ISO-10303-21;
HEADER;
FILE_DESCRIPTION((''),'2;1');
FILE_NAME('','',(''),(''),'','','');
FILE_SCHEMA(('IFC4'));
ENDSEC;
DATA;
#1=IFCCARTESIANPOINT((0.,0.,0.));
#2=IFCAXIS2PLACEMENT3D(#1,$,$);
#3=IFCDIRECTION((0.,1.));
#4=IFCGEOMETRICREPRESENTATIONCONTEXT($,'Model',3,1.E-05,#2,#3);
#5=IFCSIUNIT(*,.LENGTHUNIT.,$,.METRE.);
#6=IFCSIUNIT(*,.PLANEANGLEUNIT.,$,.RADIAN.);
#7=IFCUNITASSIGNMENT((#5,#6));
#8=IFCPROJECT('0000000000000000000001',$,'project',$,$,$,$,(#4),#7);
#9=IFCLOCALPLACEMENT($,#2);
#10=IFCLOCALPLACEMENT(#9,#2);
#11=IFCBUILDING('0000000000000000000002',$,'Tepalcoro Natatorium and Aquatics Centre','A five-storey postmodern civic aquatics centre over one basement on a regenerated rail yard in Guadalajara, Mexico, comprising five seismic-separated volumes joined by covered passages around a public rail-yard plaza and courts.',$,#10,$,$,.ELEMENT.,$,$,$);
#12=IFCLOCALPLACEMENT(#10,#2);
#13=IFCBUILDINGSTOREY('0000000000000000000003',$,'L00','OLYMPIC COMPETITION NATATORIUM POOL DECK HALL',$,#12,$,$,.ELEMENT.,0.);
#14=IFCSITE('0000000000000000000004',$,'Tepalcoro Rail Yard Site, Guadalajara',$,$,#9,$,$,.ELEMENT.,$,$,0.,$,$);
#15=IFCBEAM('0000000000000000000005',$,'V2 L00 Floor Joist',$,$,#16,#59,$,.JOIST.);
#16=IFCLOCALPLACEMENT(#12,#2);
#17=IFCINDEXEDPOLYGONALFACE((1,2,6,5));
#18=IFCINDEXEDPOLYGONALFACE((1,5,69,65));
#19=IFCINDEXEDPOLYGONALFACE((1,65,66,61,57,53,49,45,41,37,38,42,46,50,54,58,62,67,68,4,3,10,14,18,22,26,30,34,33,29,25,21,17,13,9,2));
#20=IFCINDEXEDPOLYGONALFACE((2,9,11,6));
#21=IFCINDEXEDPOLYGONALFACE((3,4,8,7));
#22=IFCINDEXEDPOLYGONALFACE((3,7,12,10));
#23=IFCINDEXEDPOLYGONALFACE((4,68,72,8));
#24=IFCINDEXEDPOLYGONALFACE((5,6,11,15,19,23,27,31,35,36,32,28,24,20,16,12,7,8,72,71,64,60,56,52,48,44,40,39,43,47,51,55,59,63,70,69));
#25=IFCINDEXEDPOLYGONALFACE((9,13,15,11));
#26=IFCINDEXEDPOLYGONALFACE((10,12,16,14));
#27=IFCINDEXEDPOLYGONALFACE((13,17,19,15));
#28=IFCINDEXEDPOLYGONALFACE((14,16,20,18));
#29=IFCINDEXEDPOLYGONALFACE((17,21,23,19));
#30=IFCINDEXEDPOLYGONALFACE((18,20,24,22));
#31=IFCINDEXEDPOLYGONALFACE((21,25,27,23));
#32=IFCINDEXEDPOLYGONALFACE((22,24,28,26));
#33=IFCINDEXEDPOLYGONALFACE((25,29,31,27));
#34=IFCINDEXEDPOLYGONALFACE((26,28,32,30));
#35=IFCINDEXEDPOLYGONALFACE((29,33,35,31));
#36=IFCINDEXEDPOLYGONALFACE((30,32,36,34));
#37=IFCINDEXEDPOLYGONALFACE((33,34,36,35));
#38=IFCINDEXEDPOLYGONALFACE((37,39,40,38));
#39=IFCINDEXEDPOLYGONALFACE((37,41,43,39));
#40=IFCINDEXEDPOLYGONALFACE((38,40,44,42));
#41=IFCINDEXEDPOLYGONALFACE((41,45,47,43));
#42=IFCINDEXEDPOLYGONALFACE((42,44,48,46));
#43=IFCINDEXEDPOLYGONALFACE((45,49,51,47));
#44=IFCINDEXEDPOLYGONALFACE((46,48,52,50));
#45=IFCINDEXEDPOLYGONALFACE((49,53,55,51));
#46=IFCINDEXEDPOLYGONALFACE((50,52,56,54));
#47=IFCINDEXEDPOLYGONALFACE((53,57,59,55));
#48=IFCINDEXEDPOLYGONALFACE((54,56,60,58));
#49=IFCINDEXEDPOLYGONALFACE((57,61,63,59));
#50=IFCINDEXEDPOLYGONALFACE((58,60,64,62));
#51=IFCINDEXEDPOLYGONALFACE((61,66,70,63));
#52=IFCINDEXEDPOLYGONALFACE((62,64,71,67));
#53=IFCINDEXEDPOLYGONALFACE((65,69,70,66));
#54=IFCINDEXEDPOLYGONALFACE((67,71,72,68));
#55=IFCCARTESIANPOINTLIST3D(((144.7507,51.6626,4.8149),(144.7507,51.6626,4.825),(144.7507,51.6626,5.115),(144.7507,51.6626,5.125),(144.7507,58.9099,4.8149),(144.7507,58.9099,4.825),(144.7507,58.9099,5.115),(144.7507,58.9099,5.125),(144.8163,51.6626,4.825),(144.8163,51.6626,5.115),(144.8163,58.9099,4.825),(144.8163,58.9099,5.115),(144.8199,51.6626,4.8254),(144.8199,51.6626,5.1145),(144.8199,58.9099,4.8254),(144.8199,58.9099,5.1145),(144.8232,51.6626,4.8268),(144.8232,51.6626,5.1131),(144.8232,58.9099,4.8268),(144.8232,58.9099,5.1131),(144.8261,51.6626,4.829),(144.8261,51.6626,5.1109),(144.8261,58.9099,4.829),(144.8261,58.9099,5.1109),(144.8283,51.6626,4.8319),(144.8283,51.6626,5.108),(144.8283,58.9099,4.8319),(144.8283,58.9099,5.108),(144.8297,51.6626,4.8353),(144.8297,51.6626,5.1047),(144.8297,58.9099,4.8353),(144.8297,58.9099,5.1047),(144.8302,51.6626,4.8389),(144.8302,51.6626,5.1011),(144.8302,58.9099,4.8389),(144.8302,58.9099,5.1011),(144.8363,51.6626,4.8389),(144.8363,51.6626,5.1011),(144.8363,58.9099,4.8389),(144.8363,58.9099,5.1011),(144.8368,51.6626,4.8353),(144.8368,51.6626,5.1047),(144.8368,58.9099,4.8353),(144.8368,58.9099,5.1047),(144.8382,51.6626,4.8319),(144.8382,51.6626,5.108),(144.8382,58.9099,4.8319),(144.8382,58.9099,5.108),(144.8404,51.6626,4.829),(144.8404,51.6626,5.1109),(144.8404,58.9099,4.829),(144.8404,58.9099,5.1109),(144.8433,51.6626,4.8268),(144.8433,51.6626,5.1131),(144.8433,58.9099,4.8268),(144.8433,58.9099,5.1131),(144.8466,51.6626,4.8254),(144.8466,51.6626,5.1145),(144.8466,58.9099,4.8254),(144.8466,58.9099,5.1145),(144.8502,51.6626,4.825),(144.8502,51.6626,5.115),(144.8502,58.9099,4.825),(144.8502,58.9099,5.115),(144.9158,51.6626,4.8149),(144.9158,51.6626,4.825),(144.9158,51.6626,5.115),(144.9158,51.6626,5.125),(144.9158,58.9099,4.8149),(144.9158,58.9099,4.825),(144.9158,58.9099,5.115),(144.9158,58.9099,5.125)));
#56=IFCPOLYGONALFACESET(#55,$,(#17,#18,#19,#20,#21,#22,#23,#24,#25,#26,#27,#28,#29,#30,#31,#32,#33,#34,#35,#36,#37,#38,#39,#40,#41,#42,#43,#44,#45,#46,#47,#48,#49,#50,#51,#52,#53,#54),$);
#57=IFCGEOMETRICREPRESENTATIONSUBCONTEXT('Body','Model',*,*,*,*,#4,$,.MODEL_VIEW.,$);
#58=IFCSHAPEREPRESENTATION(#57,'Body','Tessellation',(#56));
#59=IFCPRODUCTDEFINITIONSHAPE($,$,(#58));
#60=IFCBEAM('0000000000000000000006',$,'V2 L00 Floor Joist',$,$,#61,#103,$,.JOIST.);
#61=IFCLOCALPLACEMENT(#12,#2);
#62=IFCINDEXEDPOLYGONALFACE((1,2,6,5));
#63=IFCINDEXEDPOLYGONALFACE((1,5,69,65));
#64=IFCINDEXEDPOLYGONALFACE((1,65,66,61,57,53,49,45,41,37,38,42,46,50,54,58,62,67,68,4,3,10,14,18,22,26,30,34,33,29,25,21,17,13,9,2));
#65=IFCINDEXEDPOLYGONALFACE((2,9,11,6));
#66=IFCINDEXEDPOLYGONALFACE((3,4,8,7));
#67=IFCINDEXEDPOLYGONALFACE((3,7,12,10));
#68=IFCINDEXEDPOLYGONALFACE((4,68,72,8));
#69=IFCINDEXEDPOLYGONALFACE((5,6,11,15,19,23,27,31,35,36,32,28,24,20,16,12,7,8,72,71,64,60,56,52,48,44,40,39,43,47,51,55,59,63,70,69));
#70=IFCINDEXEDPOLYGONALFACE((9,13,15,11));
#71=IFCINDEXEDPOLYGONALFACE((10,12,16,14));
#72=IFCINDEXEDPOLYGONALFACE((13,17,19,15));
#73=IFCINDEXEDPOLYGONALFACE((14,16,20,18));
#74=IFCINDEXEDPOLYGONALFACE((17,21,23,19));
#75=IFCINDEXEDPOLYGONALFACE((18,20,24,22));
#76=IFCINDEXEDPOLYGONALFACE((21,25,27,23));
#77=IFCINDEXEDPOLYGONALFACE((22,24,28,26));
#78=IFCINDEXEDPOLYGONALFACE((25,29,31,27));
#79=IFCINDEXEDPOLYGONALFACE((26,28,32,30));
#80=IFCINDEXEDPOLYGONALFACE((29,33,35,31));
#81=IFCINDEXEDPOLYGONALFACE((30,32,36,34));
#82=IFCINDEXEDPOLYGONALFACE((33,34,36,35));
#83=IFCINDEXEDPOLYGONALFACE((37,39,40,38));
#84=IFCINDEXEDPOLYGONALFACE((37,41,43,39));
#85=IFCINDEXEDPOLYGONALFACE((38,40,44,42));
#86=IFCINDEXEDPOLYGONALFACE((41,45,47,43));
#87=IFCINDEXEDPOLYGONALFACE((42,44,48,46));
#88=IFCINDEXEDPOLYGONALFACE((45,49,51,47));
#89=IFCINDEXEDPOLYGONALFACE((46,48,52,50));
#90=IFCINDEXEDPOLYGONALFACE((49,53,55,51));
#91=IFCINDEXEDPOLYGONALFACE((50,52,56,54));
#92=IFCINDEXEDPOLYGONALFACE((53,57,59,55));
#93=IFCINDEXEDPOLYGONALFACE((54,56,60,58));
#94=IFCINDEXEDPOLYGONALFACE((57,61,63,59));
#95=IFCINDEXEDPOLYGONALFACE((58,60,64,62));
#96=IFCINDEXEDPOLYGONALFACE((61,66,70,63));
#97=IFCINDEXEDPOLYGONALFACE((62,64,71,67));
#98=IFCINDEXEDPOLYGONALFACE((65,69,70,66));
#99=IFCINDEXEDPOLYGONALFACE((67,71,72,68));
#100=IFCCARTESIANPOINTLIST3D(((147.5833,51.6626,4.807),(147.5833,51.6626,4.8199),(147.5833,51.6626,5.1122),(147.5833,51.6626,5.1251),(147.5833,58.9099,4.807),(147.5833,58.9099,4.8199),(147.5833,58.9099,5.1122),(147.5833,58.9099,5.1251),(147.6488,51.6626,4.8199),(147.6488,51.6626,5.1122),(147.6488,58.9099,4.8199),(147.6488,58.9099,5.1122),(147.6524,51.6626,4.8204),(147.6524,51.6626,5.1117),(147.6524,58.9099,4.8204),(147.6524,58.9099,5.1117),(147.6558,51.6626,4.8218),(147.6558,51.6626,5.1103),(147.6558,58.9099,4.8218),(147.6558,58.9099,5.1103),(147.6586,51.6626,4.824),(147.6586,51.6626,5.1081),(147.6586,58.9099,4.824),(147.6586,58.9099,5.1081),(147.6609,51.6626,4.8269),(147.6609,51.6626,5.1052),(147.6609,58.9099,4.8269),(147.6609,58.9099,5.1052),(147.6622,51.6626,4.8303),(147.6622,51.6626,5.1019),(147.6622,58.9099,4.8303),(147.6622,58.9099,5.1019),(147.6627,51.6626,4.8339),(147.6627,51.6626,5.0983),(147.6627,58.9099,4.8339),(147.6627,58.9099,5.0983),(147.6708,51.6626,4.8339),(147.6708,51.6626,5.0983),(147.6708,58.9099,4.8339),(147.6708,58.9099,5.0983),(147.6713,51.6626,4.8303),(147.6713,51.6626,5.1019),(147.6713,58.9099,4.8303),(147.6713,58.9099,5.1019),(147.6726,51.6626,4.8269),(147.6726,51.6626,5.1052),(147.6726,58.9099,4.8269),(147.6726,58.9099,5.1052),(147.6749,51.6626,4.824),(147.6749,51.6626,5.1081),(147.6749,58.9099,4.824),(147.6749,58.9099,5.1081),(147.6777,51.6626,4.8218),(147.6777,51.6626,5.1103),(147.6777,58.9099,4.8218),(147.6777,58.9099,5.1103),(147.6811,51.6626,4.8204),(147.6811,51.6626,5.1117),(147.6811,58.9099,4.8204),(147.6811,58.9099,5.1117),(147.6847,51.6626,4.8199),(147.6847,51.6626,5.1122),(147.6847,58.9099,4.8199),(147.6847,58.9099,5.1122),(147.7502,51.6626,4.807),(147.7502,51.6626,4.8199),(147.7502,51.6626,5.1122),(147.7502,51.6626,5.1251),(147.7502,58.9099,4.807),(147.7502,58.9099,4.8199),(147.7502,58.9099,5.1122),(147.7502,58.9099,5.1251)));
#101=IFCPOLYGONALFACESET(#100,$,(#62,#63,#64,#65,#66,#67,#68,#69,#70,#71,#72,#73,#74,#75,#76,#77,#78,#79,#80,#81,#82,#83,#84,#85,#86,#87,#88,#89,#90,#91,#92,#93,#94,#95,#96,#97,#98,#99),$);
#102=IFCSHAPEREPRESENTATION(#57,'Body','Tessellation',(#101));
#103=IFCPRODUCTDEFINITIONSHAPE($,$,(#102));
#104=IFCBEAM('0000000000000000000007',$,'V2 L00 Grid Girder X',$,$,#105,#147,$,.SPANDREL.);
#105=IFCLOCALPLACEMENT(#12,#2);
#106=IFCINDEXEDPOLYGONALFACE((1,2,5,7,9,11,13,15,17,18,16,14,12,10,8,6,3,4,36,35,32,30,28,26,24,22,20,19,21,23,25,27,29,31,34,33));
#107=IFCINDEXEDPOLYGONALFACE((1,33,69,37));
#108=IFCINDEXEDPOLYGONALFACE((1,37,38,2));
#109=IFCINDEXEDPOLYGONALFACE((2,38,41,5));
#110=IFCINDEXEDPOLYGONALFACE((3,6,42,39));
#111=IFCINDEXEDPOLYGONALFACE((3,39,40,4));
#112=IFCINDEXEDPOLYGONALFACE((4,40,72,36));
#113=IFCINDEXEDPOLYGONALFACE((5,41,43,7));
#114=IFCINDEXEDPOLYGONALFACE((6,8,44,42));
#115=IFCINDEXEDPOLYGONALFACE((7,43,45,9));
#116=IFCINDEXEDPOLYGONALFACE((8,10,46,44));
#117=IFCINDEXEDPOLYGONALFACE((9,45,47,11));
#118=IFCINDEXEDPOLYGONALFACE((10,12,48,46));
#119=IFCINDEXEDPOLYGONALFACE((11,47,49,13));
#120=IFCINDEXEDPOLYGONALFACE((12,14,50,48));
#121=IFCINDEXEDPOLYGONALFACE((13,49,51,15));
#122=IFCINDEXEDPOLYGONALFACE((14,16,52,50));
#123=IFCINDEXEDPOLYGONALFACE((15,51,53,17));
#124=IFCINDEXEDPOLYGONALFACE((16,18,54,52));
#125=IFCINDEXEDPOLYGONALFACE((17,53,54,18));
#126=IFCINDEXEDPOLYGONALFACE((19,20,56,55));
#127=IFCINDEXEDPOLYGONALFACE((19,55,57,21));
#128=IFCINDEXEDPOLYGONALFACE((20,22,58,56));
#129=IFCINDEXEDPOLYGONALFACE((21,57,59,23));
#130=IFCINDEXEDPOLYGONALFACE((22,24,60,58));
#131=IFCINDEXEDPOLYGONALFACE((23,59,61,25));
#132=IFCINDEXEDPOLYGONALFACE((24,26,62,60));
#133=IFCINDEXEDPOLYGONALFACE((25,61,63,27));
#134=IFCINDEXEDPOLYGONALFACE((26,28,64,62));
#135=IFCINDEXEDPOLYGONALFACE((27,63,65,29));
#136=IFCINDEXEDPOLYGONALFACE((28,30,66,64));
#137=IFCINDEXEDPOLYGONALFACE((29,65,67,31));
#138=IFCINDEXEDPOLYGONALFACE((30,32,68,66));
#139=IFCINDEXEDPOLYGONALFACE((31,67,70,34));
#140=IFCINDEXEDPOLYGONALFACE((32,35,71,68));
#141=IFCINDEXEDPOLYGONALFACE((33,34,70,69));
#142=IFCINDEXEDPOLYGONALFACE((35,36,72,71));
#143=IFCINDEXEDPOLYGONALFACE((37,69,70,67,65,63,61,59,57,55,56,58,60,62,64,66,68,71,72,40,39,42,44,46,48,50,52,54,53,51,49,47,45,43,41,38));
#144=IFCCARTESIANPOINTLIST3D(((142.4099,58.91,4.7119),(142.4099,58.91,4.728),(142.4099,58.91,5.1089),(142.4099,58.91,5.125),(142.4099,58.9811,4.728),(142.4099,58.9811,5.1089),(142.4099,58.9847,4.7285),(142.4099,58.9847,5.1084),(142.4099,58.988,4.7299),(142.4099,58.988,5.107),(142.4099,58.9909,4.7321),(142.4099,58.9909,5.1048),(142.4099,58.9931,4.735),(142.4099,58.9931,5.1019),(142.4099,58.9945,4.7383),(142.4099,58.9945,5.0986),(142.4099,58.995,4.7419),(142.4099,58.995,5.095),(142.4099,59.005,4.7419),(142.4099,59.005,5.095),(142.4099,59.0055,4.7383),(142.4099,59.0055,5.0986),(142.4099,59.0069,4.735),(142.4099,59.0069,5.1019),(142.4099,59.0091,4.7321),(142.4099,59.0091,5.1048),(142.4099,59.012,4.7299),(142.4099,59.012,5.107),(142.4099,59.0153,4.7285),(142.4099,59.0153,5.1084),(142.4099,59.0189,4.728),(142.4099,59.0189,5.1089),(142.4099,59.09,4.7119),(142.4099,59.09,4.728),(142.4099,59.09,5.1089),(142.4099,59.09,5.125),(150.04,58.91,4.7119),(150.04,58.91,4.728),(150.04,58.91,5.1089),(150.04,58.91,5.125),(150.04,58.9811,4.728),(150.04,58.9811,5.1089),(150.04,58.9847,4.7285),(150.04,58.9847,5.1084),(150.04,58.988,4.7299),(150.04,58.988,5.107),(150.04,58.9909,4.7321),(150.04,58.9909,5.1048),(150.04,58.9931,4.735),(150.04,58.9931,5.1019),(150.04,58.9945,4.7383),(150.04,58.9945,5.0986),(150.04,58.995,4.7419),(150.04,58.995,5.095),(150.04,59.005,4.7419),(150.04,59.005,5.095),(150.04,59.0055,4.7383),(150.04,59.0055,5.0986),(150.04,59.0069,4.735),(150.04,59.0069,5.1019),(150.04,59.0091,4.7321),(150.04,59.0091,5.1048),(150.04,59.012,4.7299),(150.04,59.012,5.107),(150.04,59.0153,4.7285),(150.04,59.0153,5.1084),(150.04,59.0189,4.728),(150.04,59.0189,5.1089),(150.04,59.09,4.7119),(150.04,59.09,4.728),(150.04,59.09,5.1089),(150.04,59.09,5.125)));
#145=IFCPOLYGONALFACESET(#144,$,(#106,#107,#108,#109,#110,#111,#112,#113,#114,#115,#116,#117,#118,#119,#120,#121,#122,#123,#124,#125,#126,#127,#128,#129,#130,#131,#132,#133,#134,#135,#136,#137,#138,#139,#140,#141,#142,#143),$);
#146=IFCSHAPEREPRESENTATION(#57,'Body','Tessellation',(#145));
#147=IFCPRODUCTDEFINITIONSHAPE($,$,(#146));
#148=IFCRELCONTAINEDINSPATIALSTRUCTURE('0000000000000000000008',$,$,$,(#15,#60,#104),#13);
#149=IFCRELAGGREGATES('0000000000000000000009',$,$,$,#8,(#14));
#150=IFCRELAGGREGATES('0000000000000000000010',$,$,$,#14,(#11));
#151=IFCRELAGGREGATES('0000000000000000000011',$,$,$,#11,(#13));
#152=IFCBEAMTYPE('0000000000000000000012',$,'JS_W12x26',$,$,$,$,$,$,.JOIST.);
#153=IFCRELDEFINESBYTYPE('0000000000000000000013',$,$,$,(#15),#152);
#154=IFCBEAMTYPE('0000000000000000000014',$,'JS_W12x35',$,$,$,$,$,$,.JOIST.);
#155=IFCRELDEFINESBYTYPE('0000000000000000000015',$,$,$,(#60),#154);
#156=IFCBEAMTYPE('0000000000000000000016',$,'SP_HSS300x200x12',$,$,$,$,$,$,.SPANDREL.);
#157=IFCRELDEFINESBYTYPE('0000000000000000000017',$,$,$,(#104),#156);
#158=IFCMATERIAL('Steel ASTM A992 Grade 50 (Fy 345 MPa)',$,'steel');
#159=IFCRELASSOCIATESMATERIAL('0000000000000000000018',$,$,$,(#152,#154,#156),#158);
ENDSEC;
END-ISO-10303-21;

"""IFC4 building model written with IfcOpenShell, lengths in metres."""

from ifc_helpers import new_model, si_unit, direction, frame, origin, origin_2d, place, context, subcontext, project, spatial, i_section, extrude, material, material_profile, profile_set, type_object, element, save


model = new_model("IFC4")

# Units and contexts
model_context = context("Model", 3, precision=1e-05, world=origin(), true_north=direction((0.0, 1.0)))
body_context = subcontext(model_context, "Body", "Model", "MODEL_VIEW")
ifc_project = project(units=[si_unit("LENGTHUNIT", "METRE"), si_unit("PLANEANGLEUNIT", "RADIAN")], contexts=[model_context])

# Site, building, storey
site_placement = place(None, origin())
site = spatial("IfcSite", under=ifc_project, at=site_placement, Name="Tepalcoro Rail Yard Site, Guadalajara", CompositionType="ELEMENT", RefElevation=0.0)
building_placement = place(site_placement, origin())
building = spatial("IfcBuilding", under=site, at=building_placement, Name="Tepalcoro Natatorium and Aquatics Centre", Description="A five-storey postmodern civic aquatics centre over one basement on a regenerated rail yard in Guadalajara, Mexico, comprising five seismic-separated volumes joined by covered passages around a public rail-yard plaza and courts.", CompositionType="ELEMENT")
storey_placement = place(building_placement, origin())
storey = spatial("IfcBuildingStorey", under=building, at=storey_placement, Name="L00", Description="OLYMPIC COMPETITION NATATORIUM POOL DECK HALL", CompositionType="ELEMENT", Elevation=0.0)

# Shared definitions
ifc_material_1 = material(Name="Steel ASTM A992 Grade 50 (Fy 345 MPa)", Category="steel")

# Beams
ifc_material_profile_1 = material_profile(ifc_material_1, i_section(OverallWidth=0.165, OverallDepth=0.3101, WebThickness=0.0061, FlangeThickness=0.01, FilletRadius=0.0139, at=origin_2d()), Name="W12X26")
ifc_profile_set_1 = profile_set([ifc_material_profile_1], Name="Steel ASTM A992 Grade 50 (Fy 345 MPa)")
beam_type_1 = type_object("IfcBeamType", Name="JS_W12x26", PredefinedType="JOIST", material=ifc_profile_set_1)
beam_1_placement = place(storey_placement, frame((144.8333, 51.6626, 4.97), z_axis=(0.0, 1.0, 0.0), x_axis=(-1.0, 0.0, 0.0)))
element("IfcBeam", 1, at=beam_1_placement, inside=storey, type_object=beam_type_1, Name="V2 L00 Floor Joist", PredefinedType="JOIST", context=body_context, shape_type="SweptSolid", body=[
    extrude(i_section(OverallWidth=0.165, OverallDepth=0.3101, WebThickness=0.0061, FlangeThickness=0.01, FilletRadius=0.0139, at=origin_2d()), origin(), (0.0, 0.0, 1.0), 7.2473),
])
ifc_material_profile_2 = material_profile(ifc_material_1, i_section(OverallWidth=0.167, OverallDepth=0.3181, WebThickness=0.0081, FlangeThickness=0.0129, FilletRadius=0.0139, at=origin_2d()), Name="W12X35")
ifc_profile_set_2 = profile_set([ifc_material_profile_2], Name="Steel ASTM A992 Grade 50 (Fy 345 MPa)")
beam_type_2 = type_object("IfcBeamType", Name="JS_W12x35", PredefinedType="JOIST", material=ifc_profile_set_2)
beam_2_placement = place(storey_placement, frame((147.6667, 51.6626, 4.9661), z_axis=(0.0, 1.0, 0.0), x_axis=(-1.0, 0.0, 0.0)))
element("IfcBeam", 2, at=beam_2_placement, inside=storey, type_object=beam_type_2, Name="V2 L00 Floor Joist", PredefinedType="JOIST", context=body_context, shape_type="SweptSolid", body=[
    extrude(i_section(OverallWidth=0.167, OverallDepth=0.3181, WebThickness=0.0081, FlangeThickness=0.0129, FilletRadius=0.0139, at=origin_2d()), origin(), (0.0, 0.0, 1.0), 7.2473),
])
ifc_material_profile_3 = material_profile(ifc_material_1, i_section(OverallWidth=0.1799, OverallDepth=0.4131, WebThickness=0.01, FlangeThickness=0.0161, FilletRadius=0.0139, at=origin_2d()), Name="W16X50")
ifc_profile_set_3 = profile_set([ifc_material_profile_3], Name="Steel ASTM A992 Grade 50 (Fy 345 MPa)")
beam_type_3 = type_object("IfcBeamType", Name="SP_HSS300x200x12", PredefinedType="SPANDREL", material=ifc_profile_set_3)
beam_3_placement = place(storey_placement, frame((142.4099, 59.0, 4.9185), z_axis=(1.0, 0.0, 0.0), x_axis=(0.0, 1.0, 0.0)))
element("IfcBeam", 3, at=beam_3_placement, inside=storey, type_object=beam_type_3, Name="V2 L00 Grid Girder X", PredefinedType="SPANDREL", context=body_context, shape_type="SweptSolid", body=[
    extrude(i_section(OverallWidth=0.1799, OverallDepth=0.4131, WebThickness=0.01, FlangeThickness=0.0161, FilletRadius=0.0139, at=origin_2d()), origin(), (0.0, 0.0, 1.0), 7.6301),
])

save(model, "model.ifc")
